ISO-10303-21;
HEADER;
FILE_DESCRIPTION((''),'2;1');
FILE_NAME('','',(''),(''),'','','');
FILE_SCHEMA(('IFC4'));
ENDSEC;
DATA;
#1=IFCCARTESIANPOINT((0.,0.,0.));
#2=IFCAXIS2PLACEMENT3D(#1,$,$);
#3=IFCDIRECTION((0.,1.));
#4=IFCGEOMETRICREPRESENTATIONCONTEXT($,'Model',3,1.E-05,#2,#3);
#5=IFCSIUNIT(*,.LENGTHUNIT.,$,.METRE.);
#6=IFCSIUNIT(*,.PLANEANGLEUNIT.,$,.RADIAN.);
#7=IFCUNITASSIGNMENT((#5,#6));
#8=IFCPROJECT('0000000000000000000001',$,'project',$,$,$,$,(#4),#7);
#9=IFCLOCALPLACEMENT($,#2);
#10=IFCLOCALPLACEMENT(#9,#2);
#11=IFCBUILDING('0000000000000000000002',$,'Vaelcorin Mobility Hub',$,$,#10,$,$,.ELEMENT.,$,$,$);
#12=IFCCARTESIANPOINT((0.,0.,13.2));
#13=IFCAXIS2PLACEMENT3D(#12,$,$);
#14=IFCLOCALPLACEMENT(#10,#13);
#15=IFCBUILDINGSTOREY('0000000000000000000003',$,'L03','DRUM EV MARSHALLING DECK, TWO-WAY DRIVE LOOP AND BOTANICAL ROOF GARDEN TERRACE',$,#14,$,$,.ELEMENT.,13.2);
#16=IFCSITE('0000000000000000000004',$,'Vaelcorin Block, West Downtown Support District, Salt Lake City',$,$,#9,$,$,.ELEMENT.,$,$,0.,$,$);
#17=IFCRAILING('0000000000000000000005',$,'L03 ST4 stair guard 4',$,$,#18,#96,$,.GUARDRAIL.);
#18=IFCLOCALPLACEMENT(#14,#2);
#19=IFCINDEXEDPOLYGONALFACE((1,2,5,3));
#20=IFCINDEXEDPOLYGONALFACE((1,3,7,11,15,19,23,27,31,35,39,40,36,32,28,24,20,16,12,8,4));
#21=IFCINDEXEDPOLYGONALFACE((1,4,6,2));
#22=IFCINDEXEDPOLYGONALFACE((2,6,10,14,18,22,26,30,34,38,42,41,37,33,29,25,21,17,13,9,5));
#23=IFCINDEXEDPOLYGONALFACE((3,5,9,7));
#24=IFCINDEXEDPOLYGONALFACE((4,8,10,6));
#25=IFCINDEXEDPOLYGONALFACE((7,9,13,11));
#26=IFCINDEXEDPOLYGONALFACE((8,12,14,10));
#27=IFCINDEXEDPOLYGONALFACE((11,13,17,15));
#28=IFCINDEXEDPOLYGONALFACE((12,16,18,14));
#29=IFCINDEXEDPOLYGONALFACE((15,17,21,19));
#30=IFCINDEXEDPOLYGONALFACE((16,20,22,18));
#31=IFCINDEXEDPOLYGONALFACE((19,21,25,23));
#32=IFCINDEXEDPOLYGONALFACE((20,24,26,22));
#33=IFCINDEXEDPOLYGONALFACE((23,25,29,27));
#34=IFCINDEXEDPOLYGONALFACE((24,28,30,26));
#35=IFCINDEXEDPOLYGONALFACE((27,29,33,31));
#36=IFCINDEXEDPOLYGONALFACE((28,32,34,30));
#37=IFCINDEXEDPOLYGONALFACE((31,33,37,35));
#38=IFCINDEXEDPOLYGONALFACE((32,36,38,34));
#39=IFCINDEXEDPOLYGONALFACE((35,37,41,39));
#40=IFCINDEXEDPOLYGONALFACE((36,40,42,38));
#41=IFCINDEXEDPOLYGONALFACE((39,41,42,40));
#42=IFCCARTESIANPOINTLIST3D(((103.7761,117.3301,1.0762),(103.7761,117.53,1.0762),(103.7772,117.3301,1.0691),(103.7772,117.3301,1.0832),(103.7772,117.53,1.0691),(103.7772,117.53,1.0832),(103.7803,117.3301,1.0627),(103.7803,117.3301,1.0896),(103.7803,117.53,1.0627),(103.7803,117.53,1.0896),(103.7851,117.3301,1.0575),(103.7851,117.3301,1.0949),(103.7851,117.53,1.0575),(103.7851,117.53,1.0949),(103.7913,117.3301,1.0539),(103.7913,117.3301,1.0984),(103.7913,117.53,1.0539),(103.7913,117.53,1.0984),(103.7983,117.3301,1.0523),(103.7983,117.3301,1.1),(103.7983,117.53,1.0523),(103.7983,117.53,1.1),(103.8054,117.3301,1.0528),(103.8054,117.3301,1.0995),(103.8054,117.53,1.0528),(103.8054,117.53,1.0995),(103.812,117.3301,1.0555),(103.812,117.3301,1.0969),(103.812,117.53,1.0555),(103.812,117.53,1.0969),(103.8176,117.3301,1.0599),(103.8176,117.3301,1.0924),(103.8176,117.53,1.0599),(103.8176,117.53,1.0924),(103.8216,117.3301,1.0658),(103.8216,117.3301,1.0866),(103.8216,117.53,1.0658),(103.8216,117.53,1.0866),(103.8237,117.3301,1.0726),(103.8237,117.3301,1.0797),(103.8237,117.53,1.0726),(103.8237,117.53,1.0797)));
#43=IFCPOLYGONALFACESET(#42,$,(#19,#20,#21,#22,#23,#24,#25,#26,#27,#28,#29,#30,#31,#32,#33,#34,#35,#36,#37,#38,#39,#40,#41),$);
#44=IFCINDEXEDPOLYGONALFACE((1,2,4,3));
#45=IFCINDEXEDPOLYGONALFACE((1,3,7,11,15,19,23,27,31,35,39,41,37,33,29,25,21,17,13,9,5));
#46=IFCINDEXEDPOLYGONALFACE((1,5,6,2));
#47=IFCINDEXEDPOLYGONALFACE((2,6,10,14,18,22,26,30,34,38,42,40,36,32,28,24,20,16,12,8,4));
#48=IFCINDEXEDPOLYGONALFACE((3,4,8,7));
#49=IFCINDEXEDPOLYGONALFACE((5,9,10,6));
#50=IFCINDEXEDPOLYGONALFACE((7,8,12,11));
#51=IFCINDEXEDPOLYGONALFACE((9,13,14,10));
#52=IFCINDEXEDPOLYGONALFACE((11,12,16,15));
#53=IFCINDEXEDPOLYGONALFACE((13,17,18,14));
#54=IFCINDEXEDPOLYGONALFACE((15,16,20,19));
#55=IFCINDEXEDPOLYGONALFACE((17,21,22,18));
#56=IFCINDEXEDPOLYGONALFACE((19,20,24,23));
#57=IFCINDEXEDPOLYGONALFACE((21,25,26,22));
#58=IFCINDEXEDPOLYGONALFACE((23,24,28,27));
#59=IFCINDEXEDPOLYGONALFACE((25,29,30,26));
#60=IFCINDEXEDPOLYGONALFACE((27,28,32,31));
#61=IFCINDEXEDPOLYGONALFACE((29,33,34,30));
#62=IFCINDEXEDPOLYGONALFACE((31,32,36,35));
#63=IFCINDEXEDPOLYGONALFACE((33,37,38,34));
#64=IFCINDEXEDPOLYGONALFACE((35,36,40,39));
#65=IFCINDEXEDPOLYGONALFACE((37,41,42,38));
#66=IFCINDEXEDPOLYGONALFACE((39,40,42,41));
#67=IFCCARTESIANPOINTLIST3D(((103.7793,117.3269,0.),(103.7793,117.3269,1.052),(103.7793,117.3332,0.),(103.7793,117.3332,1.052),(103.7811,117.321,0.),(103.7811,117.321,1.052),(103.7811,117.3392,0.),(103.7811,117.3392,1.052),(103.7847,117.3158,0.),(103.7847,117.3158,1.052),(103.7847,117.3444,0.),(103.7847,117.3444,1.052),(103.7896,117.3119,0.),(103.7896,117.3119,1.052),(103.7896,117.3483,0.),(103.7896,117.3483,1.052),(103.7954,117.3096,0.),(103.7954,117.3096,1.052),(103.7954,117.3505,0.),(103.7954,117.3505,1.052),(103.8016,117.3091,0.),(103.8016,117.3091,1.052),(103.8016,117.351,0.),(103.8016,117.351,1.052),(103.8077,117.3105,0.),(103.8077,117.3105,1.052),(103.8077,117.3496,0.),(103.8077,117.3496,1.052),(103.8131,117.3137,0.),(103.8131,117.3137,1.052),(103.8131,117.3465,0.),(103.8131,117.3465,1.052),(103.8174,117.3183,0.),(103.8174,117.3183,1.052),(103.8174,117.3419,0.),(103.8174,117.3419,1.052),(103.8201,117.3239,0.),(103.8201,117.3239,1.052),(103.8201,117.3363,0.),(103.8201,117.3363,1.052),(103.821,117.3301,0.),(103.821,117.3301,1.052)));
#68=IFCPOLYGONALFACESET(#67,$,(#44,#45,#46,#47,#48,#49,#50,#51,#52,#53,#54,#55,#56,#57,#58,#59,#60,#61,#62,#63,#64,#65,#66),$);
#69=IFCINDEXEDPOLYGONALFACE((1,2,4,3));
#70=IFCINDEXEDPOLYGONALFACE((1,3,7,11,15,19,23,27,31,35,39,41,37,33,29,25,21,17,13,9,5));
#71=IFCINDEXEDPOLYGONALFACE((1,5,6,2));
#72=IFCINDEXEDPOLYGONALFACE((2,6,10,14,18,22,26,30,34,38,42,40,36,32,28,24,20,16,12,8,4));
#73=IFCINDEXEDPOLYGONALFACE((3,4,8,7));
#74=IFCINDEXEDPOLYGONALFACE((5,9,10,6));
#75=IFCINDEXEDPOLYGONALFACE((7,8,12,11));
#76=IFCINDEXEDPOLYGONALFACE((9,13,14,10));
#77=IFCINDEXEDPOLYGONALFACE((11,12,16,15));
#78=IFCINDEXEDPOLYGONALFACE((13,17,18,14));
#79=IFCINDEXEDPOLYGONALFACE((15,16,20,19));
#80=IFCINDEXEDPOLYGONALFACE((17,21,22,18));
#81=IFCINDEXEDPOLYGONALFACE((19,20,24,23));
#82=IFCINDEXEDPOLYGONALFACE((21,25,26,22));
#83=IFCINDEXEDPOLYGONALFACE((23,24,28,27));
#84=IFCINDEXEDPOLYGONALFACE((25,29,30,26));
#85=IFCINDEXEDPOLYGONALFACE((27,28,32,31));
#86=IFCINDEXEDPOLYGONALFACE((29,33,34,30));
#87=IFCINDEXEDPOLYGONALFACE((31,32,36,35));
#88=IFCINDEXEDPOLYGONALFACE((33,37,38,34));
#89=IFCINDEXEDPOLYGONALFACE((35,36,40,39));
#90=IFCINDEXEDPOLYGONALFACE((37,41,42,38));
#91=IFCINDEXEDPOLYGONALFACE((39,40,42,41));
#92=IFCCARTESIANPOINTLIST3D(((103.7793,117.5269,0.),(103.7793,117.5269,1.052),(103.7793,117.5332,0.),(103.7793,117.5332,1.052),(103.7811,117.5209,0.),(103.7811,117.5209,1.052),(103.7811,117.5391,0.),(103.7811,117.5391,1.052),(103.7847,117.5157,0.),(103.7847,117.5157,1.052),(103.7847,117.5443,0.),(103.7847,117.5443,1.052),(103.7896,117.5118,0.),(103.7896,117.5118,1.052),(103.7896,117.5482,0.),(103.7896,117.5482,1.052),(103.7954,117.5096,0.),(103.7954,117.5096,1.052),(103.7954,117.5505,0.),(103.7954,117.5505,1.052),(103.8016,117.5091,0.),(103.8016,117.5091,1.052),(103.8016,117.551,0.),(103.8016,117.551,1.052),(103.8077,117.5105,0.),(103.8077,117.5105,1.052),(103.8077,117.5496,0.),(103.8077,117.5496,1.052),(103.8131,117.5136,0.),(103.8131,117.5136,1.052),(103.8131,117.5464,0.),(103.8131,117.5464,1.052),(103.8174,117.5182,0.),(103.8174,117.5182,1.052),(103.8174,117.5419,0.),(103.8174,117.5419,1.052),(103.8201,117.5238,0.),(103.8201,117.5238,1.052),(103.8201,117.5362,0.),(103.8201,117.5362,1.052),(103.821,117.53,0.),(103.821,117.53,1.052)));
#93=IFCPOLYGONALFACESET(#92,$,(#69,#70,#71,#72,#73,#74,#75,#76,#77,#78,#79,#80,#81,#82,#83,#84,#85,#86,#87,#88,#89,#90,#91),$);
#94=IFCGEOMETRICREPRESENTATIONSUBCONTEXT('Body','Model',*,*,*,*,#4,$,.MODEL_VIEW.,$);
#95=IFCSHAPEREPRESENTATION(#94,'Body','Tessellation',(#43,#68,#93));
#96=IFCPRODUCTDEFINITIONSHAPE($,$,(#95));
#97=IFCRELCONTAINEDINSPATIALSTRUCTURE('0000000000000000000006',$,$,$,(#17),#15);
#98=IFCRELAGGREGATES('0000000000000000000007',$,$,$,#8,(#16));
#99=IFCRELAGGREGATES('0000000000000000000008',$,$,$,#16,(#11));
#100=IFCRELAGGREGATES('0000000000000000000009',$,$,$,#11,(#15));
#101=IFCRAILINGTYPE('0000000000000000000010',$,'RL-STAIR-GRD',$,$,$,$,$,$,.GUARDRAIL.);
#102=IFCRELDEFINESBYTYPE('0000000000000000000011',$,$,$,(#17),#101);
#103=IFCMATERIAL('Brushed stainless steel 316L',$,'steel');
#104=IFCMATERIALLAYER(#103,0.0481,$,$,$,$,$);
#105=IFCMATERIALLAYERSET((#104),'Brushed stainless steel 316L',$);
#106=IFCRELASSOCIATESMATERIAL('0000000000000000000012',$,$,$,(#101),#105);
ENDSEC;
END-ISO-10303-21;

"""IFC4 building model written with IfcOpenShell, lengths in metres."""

from ifc_helpers import new_model, si_unit, direction, frame, origin, origin_2d, place, context, subcontext, project, spatial, circle, extrude, material, layer, layer_set, type_object, element, save


model = new_model("IFC4")

# Units and contexts
model_context = context("Model", 3, precision=1e-05, world=origin(), true_north=direction((0.0, 1.0)))
body_context = subcontext(model_context, "Body", "Model", "MODEL_VIEW")
ifc_project = project(units=[si_unit("LENGTHUNIT", "METRE"), si_unit("PLANEANGLEUNIT", "RADIAN")], contexts=[model_context])

# Site, building, storey
site_placement = place(None, origin())
site = spatial("IfcSite", under=ifc_project, at=site_placement, Name="Vaelcorin Block, West Downtown Support District, Salt Lake City", CompositionType="ELEMENT", RefElevation=0.0)
building_placement = place(site_placement, origin())
building = spatial("IfcBuilding", under=site, at=building_placement, Name="Vaelcorin Mobility Hub", CompositionType="ELEMENT")
storey_placement = place(building_placement, frame((0.0, 0.0, 13.2)))
storey = spatial("IfcBuildingStorey", under=building, at=storey_placement, Name="L03", Description="DRUM EV MARSHALLING DECK, TWO-WAY DRIVE LOOP AND BOTANICAL ROOF GARDEN TERRACE", CompositionType="ELEMENT", Elevation=13.2)

# Railing
ifc_material_1 = material(Name="Brushed stainless steel 316L", Category="steel")
ifc_layer_1 = layer(ifc_material_1, 0.0481)
ifc_layer_set_1 = layer_set([ifc_layer_1], Name="Brushed stainless steel 316L")
railing_type_1 = type_object("IfcRailingType", Name="RL-STAIR-GRD", PredefinedType="GUARDRAIL", material=ifc_layer_set_1)
railing_1_placement = place(storey_placement, frame((103.8, 117.3301, 0.0)))
element("IfcRailing", 1, at=railing_1_placement, inside=storey, type_object=railing_type_1, Name="L03 ST4 stair guard 4", PredefinedType="GUARDRAIL", context=body_context, shape_type="SweptSolid", body=[
    extrude(circle(Radius=0.0239, at=origin_2d()), frame((0.0, 0.0, 1.0762), z_axis=(0.0, 1.0, 0.0), x_axis=(-1.0, 0.0, 0.0)), (0.0, 0.0, 1.0), 0.2),
    extrude(circle(Radius=0.021, at=origin_2d()), origin(), (0.0, 0.0, 1.0), 1.052),
    extrude(circle(Radius=0.021, at=origin_2d()), frame((0.0, 0.2, 0.0)), (0.0, 0.0, 1.0), 1.052),
])

save(model, "model.ifc")
